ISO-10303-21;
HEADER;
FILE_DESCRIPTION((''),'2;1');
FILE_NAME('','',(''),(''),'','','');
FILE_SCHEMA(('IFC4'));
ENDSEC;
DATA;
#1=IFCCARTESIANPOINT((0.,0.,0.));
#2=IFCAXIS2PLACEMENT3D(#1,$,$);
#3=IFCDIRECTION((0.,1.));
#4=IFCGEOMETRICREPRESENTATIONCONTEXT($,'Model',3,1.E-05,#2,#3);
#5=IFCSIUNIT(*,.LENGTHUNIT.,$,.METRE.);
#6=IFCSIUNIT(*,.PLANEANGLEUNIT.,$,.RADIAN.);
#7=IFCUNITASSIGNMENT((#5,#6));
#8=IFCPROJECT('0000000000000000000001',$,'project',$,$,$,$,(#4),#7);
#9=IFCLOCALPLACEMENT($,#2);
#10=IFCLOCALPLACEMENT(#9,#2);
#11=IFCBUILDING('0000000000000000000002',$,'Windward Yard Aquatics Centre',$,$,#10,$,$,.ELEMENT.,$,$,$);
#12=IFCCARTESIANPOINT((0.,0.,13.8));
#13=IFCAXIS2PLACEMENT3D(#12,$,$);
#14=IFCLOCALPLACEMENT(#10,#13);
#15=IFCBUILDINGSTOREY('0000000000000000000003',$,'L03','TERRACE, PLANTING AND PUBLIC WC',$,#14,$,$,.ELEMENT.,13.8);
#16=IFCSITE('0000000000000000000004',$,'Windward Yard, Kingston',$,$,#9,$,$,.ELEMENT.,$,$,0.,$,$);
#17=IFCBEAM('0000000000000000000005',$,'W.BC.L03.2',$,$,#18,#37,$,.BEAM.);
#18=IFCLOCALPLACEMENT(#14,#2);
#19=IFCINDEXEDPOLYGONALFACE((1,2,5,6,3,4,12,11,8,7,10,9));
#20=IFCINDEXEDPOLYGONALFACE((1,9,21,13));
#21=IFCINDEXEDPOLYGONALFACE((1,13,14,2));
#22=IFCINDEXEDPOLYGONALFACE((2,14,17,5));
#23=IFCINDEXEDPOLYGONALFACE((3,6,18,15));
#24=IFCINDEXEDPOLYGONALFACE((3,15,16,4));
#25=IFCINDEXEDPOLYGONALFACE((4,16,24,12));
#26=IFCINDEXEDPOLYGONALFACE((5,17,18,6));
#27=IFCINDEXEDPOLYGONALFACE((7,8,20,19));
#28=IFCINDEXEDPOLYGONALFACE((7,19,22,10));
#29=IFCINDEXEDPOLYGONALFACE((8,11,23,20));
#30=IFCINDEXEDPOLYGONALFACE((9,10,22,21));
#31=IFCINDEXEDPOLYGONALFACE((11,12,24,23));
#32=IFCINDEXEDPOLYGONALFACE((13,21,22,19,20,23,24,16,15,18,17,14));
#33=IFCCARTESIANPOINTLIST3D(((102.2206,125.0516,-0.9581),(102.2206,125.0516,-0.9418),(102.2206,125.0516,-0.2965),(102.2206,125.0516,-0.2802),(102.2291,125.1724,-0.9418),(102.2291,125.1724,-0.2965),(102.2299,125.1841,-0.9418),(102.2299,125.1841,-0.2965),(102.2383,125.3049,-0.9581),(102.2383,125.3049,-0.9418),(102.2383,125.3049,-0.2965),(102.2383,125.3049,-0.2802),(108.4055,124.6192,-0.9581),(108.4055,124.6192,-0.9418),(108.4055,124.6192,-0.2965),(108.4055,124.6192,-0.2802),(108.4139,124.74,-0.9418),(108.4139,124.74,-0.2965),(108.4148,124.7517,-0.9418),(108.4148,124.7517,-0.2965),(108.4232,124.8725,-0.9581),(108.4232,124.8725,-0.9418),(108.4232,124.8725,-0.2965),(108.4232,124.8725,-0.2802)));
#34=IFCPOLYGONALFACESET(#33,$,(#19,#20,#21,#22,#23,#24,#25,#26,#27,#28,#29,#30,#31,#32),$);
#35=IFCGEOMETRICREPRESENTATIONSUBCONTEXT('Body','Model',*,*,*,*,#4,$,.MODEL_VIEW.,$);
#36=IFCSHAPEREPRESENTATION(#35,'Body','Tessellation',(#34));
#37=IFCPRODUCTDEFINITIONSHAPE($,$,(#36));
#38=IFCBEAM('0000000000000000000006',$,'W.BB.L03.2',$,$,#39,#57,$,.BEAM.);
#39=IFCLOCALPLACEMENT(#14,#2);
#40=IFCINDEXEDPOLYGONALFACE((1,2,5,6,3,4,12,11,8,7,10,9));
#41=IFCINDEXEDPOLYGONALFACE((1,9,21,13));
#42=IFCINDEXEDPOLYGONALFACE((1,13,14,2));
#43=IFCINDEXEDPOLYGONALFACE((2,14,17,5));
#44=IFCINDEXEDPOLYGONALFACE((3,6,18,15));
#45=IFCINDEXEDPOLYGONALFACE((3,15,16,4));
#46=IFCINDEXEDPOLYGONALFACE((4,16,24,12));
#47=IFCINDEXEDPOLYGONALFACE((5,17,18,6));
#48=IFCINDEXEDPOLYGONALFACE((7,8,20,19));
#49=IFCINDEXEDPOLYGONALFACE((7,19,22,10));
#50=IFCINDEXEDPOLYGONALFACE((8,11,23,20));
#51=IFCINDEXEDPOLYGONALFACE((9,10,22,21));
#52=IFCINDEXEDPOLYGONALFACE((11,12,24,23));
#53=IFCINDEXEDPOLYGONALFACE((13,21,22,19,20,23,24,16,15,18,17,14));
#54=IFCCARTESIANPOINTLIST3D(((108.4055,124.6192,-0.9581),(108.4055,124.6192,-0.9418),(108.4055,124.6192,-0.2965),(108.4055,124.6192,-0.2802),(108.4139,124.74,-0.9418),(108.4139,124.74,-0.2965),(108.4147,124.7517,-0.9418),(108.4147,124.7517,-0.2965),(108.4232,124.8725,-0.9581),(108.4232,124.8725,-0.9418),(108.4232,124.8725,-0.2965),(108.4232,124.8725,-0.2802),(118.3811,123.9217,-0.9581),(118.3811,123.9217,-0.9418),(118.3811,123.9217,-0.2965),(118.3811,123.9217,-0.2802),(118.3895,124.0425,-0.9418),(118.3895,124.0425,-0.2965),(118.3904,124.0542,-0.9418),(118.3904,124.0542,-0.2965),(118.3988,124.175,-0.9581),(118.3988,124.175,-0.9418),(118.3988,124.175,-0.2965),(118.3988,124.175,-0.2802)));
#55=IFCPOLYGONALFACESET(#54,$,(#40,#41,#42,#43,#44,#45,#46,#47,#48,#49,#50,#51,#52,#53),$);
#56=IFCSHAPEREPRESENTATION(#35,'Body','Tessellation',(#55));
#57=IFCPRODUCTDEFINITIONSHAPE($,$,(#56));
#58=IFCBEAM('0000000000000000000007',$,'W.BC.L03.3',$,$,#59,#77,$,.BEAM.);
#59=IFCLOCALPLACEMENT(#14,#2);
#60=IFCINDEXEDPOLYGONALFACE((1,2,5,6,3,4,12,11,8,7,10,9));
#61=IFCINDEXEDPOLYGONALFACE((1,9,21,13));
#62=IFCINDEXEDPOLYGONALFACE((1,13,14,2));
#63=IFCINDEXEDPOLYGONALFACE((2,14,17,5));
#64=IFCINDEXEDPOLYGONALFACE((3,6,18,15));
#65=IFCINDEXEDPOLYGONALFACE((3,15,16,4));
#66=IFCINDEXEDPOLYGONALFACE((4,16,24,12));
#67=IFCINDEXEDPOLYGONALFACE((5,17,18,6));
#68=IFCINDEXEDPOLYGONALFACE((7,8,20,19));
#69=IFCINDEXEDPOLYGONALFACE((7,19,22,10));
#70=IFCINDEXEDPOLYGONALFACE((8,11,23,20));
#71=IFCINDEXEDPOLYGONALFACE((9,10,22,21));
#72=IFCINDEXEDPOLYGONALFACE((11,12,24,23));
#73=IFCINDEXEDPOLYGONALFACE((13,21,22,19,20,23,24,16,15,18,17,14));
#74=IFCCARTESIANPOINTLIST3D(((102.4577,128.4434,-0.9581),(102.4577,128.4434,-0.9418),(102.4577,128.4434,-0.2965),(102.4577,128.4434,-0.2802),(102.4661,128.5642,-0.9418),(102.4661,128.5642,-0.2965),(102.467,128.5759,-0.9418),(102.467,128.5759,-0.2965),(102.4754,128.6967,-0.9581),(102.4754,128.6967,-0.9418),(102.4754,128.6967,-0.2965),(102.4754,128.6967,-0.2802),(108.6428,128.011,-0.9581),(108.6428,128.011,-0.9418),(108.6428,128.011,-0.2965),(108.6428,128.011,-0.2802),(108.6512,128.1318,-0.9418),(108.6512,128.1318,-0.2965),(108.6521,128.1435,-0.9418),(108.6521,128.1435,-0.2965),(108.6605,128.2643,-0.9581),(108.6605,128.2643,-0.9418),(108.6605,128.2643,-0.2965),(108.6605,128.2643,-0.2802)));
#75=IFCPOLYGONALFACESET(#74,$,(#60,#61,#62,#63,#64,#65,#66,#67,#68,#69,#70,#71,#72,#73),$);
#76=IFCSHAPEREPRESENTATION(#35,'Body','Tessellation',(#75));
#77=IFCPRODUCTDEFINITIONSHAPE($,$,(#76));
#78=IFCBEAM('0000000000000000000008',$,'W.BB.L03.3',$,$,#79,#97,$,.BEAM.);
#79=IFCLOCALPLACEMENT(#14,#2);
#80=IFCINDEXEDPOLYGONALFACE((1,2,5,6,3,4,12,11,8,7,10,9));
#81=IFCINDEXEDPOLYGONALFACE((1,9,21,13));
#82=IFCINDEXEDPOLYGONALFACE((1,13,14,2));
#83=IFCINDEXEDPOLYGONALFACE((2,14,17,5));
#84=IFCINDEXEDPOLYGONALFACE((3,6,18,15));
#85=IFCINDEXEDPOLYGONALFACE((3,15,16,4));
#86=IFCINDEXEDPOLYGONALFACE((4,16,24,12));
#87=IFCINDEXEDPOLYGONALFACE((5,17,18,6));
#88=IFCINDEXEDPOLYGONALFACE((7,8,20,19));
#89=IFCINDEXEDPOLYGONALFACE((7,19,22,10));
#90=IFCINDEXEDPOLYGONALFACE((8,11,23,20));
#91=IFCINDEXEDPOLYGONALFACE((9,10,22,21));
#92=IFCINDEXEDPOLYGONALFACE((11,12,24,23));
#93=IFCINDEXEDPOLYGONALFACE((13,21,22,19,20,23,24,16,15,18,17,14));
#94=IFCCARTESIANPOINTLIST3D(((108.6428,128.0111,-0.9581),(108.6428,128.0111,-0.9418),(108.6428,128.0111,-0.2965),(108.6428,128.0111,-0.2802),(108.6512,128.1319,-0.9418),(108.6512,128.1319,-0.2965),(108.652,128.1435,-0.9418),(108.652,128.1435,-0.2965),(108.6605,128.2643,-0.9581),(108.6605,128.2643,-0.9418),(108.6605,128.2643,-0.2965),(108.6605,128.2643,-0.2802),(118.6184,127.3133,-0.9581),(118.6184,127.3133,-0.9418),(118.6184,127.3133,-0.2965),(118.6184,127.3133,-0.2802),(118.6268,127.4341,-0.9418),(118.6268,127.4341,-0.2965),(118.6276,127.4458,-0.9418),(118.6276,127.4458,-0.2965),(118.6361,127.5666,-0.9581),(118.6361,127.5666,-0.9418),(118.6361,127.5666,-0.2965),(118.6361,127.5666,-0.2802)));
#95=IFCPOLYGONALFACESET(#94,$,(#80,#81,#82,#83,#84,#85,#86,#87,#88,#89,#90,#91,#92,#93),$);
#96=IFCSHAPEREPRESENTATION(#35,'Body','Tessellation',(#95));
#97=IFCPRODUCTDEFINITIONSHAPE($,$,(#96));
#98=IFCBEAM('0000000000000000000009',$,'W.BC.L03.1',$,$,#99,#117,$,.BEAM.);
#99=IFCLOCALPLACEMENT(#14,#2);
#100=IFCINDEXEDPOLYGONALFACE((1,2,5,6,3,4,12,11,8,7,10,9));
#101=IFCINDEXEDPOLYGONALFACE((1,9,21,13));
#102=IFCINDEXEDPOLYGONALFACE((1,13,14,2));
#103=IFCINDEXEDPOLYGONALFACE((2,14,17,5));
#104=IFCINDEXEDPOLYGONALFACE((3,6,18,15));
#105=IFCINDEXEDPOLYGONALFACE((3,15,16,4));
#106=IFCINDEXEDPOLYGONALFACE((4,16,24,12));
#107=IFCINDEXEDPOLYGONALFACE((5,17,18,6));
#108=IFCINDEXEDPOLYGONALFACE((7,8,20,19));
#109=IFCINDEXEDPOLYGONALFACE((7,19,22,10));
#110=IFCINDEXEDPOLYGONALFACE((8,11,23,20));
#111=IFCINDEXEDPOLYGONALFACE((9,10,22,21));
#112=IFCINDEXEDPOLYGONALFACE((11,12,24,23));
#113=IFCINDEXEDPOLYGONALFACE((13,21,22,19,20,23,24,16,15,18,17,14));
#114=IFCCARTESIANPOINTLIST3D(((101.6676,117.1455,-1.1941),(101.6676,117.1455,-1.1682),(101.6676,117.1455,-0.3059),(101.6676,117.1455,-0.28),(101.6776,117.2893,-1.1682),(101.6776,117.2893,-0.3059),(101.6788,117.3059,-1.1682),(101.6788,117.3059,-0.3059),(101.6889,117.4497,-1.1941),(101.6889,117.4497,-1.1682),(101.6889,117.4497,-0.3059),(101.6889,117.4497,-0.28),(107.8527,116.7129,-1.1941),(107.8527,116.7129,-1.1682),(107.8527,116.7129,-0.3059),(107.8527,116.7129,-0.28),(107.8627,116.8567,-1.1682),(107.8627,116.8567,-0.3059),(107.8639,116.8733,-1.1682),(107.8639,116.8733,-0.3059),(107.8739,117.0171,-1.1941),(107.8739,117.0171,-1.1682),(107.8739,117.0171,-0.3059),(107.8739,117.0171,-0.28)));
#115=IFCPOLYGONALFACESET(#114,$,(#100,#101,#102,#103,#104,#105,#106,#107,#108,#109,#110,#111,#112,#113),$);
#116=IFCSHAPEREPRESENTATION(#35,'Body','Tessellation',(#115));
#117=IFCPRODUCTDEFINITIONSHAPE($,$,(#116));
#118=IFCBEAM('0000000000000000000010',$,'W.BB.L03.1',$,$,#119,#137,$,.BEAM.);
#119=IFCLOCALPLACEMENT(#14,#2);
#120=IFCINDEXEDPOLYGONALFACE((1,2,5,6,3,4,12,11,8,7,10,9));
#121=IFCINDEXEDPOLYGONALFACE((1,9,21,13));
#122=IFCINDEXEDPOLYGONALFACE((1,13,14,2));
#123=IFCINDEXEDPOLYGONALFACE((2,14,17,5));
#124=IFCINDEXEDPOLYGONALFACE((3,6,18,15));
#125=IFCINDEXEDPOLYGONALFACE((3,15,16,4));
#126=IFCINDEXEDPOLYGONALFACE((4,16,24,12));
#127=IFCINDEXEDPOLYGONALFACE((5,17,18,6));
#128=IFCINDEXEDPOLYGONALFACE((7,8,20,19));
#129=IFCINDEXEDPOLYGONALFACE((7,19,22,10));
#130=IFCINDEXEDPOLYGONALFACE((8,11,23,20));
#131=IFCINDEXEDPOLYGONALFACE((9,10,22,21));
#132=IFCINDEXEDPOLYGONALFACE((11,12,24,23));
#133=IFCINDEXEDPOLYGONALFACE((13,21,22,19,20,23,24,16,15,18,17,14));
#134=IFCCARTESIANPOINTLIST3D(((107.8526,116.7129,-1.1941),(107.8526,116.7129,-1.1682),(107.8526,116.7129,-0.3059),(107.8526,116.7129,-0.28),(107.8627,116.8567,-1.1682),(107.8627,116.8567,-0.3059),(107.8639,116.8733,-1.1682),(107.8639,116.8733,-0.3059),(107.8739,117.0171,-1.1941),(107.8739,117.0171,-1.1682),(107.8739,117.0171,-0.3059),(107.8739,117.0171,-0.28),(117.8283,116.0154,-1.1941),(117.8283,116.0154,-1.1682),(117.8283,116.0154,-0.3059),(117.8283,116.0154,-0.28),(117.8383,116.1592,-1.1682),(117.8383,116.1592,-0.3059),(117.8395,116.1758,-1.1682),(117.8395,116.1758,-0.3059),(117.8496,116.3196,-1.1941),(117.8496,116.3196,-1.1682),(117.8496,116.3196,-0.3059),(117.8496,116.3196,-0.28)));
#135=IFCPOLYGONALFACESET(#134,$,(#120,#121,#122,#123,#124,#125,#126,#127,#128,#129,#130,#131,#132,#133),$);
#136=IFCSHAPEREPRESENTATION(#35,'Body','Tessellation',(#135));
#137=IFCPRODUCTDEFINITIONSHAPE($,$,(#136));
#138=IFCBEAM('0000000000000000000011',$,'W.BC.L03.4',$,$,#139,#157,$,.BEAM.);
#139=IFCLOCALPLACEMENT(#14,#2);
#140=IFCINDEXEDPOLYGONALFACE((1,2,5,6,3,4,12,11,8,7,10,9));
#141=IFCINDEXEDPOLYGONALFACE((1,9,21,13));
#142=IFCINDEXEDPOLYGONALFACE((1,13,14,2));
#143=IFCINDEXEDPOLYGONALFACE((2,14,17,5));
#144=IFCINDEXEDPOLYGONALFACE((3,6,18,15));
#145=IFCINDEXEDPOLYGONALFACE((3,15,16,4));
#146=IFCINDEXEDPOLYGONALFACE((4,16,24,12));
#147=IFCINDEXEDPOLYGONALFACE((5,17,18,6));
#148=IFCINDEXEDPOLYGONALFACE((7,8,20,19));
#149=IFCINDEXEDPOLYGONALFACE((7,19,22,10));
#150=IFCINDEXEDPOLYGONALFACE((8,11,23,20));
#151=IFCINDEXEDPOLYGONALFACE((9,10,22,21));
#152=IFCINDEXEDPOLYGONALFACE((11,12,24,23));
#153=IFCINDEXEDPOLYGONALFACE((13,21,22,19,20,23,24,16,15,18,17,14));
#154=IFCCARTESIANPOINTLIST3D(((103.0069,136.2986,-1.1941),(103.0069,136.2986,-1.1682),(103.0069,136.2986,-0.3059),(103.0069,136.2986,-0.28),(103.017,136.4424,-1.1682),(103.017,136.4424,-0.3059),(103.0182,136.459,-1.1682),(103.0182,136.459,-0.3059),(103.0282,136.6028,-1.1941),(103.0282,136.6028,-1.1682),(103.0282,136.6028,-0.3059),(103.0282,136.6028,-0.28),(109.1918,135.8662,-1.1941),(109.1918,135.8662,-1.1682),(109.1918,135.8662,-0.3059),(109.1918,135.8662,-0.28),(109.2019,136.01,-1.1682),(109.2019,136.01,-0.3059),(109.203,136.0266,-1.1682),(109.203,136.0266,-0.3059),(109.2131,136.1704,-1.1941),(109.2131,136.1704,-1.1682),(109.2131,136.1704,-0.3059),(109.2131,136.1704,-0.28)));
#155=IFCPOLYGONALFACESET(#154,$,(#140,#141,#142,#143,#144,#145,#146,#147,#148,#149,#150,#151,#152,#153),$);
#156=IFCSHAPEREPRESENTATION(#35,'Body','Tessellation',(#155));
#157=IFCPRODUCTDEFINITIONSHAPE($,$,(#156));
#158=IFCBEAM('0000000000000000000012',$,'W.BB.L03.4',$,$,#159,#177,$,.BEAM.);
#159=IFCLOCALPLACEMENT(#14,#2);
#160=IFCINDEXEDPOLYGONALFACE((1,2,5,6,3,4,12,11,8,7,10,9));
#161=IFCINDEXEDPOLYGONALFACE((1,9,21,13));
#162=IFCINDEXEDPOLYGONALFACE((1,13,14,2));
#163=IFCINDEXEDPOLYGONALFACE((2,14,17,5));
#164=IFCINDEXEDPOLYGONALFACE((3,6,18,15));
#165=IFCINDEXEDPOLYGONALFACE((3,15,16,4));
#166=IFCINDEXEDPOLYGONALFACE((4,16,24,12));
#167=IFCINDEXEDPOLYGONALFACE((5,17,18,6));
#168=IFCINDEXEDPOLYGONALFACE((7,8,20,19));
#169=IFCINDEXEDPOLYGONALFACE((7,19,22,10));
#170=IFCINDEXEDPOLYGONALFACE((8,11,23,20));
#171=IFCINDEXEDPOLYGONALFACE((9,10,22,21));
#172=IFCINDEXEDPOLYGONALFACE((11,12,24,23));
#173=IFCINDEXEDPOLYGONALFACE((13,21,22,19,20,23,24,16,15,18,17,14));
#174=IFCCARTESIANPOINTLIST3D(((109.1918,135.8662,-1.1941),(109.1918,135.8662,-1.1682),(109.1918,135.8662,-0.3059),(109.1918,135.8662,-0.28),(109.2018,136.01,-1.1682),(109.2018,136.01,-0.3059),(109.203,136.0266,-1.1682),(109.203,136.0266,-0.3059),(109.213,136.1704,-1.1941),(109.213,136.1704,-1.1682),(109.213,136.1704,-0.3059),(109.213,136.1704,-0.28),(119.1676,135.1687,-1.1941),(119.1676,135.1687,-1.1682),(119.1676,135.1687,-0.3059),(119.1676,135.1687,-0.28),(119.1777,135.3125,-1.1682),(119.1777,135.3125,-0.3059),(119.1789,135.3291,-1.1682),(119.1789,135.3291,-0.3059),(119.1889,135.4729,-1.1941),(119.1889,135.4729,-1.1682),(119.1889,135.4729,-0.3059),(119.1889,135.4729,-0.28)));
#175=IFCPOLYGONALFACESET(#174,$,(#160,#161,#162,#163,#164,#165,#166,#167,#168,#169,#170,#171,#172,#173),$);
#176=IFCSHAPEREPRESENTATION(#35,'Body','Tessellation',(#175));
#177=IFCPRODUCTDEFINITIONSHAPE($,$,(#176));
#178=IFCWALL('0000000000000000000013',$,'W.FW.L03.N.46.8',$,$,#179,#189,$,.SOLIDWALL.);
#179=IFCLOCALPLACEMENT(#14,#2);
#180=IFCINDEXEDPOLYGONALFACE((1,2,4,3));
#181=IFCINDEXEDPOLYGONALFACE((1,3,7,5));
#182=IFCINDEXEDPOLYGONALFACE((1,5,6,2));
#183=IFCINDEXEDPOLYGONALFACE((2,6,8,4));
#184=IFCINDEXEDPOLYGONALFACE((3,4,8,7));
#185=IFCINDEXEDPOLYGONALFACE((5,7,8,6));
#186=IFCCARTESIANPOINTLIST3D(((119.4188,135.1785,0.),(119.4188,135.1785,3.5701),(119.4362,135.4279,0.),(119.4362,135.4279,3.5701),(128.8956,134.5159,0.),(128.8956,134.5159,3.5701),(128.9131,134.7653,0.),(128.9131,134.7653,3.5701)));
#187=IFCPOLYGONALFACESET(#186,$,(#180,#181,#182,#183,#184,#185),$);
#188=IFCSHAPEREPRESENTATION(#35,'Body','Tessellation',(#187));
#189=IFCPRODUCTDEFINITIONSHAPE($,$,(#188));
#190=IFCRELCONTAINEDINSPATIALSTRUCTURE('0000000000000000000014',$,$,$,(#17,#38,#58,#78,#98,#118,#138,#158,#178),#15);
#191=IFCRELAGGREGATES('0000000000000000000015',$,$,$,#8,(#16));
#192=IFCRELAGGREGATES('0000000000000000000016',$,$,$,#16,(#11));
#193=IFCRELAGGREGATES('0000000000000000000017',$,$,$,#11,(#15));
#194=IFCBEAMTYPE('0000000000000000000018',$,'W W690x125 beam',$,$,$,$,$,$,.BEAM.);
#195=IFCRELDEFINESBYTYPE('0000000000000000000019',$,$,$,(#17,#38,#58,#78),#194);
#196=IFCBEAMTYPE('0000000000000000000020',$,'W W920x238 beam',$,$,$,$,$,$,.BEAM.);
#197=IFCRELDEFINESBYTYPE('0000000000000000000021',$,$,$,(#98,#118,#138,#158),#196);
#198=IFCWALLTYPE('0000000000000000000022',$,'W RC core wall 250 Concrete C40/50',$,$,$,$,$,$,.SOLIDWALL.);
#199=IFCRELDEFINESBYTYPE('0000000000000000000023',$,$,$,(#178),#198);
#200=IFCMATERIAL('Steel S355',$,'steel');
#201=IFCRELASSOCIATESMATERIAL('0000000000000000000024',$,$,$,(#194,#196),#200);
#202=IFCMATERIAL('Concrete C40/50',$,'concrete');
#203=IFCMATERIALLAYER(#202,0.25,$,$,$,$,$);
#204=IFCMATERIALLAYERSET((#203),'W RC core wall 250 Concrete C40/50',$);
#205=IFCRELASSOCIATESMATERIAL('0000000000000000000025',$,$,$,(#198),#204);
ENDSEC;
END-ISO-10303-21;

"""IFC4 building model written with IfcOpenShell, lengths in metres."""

from ifc_helpers import new_model, si_unit, direction, frame, frame_2d, origin, origin_2d, place, context, subcontext, project, spatial, rectangle, i_section, extrude, material, layer, layer_set, material_profile, profile_set, type_object, element, save


model = new_model("IFC4")

# Units and contexts
model_context = context("Model", 3, precision=1e-05, world=origin(), true_north=direction((0.0, 1.0)))
body_context = subcontext(model_context, "Body", "Model", "MODEL_VIEW")
ifc_project = project(units=[si_unit("LENGTHUNIT", "METRE"), si_unit("PLANEANGLEUNIT", "RADIAN")], contexts=[model_context])

# Site, building, storey
site_placement = place(None, origin())
site = spatial("IfcSite", under=ifc_project, at=site_placement, Name="Windward Yard, Kingston", CompositionType="ELEMENT", RefElevation=0.0)
building_placement = place(site_placement, origin())
building = spatial("IfcBuilding", under=site, at=building_placement, Name="Windward Yard Aquatics Centre", CompositionType="ELEMENT")
storey_placement = place(building_placement, frame((0.0, 0.0, 13.8)))
storey = spatial("IfcBuildingStorey", under=building, at=storey_placement, Name="L03", Description="TERRACE, PLANTING AND PUBLIC WC", CompositionType="ELEMENT", Elevation=13.8)

# Beams
ifc_material_1 = material(Name="Concrete C40/50", Category="concrete")
ifc_material_2 = material(Name="Steel S355", Category="steel")
ifc_material_profile_1 = material_profile(ifc_material_2, i_section(OverallWidth=0.2539, OverallDepth=0.678, WebThickness=0.0117, FlangeThickness=0.0164, at=origin_2d()), Name="W690x125")
ifc_profile_set_1 = profile_set([ifc_material_profile_1], Name="Steel S355")
beam_type_1 = type_object("IfcBeamType", Name="W W690x125 beam", PredefinedType="BEAM", material=ifc_profile_set_1)
beam_1_placement = place(storey_placement, frame((102.2295, 125.1782, -0.6191), z_axis=(0.997565, -0.069739, 0.0), x_axis=(0.069739, 0.997565, 0.0)))
element("IfcBeam", 1, at=beam_1_placement, inside=storey, type_object=beam_type_1, Name="W.BC.L03.2", PredefinedType="BEAM", context=body_context, shape_type="SweptSolid", body=[
    extrude(i_section(OverallWidth=0.2539, OverallDepth=0.678, WebThickness=0.0117, FlangeThickness=0.0164, at=origin_2d()), origin(), (0.0, 0.0, 1.0), 6.2),
])
beam_2_placement = place(storey_placement, frame((108.4143, 124.7458, -0.6191), z_axis=(0.997564, -0.069751, 0.0), x_axis=(0.069751, 0.997564, 0.0)))
element("IfcBeam", 2, at=beam_2_placement, inside=storey, type_object=beam_type_1, Name="W.BB.L03.2", PredefinedType="BEAM", context=body_context, shape_type="SweptSolid", body=[
    extrude(i_section(OverallWidth=0.2539, OverallDepth=0.678, WebThickness=0.0117, FlangeThickness=0.0164, at=origin_2d()), origin(), (0.0, 0.0, 1.0), 10.0),
])
beam_3_placement = place(storey_placement, frame((102.4666, 128.5701, -0.6191), z_axis=(0.997565, -0.069736, 0.0), x_axis=(0.069736, 0.997565, 0.0)))
element("IfcBeam", 3, at=beam_3_placement, inside=storey, type_object=beam_type_1, Name="W.BC.L03.3", PredefinedType="BEAM", context=body_context, shape_type="SweptSolid", body=[
    extrude(i_section(OverallWidth=0.2539, OverallDepth=0.678, WebThickness=0.0117, FlangeThickness=0.0164, at=origin_2d()), origin(), (0.0, 0.0, 1.0), 6.2002),
])
beam_4_placement = place(storey_placement, frame((108.6516, 128.1377, -0.6191), z_axis=(0.997563, -0.069776, 0.0), x_axis=(0.069776, 0.997563, 0.0)))
element("IfcBeam", 4, at=beam_4_placement, inside=storey, type_object=beam_type_1, Name="W.BB.L03.3", PredefinedType="BEAM", context=body_context, shape_type="SweptSolid", body=[
    extrude(i_section(OverallWidth=0.2539, OverallDepth=0.678, WebThickness=0.0117, FlangeThickness=0.0164, at=origin_2d()), origin(), (0.0, 0.0, 1.0), 10.0),
])
ifc_material_profile_2 = material_profile(ifc_material_2, i_section(OverallWidth=0.3049, OverallDepth=0.9141, WebThickness=0.0166, FlangeThickness=0.0259, at=origin_2d()), Name="W920x238")
ifc_profile_set_2 = profile_set([ifc_material_profile_2], Name="Steel S355")
beam_type_2 = type_object("IfcBeamType", Name="W W920x238 beam", PredefinedType="BEAM", material=ifc_profile_set_2)
beam_5_placement = place(storey_placement, frame((101.6782, 117.2976, -0.7371), z_axis=(0.997563, -0.069775, 0.0), x_axis=(0.069775, 0.997563, 0.0)))
element("IfcBeam", 5, at=beam_5_placement, inside=storey, type_object=beam_type_2, Name="W.BC.L03.1", PredefinedType="BEAM", context=body_context, shape_type="SweptSolid", body=[
    extrude(i_section(OverallWidth=0.3049, OverallDepth=0.9141, WebThickness=0.0166, FlangeThickness=0.0259, at=origin_2d()), origin(), (0.0, 0.0, 1.0), 6.2002),
])
beam_6_placement = place(storey_placement, frame((107.8633, 116.865, -0.7371), z_axis=(0.997564, -0.069751, 0.0), x_axis=(0.069751, 0.997564, 0.0)))
element("IfcBeam", 6, at=beam_6_placement, inside=storey, type_object=beam_type_2, Name="W.BB.L03.1", PredefinedType="BEAM", context=body_context, shape_type="SweptSolid", body=[
    extrude(i_section(OverallWidth=0.3049, OverallDepth=0.9141, WebThickness=0.0166, FlangeThickness=0.0259, at=origin_2d()), origin(), (0.0, 0.0, 1.0), 10.0),
])
beam_7_placement = place(storey_placement, frame((103.0176, 136.4507, -0.7371), z_axis=(0.997565, -0.069739, 0.0), x_axis=(0.069739, 0.997565, 0.0)))
element("IfcBeam", 7, at=beam_7_placement, inside=storey, type_object=beam_type_2, Name="W.BC.L03.4", PredefinedType="BEAM", context=body_context, shape_type="SweptSolid", body=[
    extrude(i_section(OverallWidth=0.3049, OverallDepth=0.9141, WebThickness=0.0166, FlangeThickness=0.0259, at=origin_2d()), origin(), (0.0, 0.0, 1.0), 6.2),
])
beam_8_placement = place(storey_placement, frame((109.2024, 136.0183, -0.7371), z_axis=(0.997565, -0.06975, 0.0), x_axis=(0.06975, 0.997565, 0.0)))
element("IfcBeam", 8, at=beam_8_placement, inside=storey, type_object=beam_type_2, Name="W.BB.L03.4", PredefinedType="BEAM", context=body_context, shape_type="SweptSolid", body=[
    extrude(i_section(OverallWidth=0.3049, OverallDepth=0.9141, WebThickness=0.0166, FlangeThickness=0.0259, at=origin_2d()), origin(), (0.0, 0.0, 1.0), 10.0002),
])

# Wall
ifc_layer_1 = layer(ifc_material_1, 0.25)
ifc_layer_set_1 = layer_set([ifc_layer_1], Name="W RC core wall 250 Concrete C40/50")
wall_type_1 = type_object("IfcWallType", Name="W RC core wall 250 Concrete C40/50", PredefinedType="SOLIDWALL", material=ifc_layer_set_1)
wall_1_placement = place(storey_placement, frame((119.4275, 135.3032, 0.0), z_axis=(0.0, 0.0, 1.0), x_axis=(0.997565, -0.069748, 0.0)))
element("IfcWall", 9, at=wall_1_placement, inside=storey, type_object=wall_type_1, Name="W.FW.L03.N.46.8", PredefinedType="SOLIDWALL", context=body_context, shape_type="SweptSolid", body=[
    extrude(rectangle(XDim=9.5, YDim=0.25, at=frame_2d((4.75, 0.0))), origin(), (0.0, 0.0, 1.0), 3.5701),
])

save(model, "model.ifc")
